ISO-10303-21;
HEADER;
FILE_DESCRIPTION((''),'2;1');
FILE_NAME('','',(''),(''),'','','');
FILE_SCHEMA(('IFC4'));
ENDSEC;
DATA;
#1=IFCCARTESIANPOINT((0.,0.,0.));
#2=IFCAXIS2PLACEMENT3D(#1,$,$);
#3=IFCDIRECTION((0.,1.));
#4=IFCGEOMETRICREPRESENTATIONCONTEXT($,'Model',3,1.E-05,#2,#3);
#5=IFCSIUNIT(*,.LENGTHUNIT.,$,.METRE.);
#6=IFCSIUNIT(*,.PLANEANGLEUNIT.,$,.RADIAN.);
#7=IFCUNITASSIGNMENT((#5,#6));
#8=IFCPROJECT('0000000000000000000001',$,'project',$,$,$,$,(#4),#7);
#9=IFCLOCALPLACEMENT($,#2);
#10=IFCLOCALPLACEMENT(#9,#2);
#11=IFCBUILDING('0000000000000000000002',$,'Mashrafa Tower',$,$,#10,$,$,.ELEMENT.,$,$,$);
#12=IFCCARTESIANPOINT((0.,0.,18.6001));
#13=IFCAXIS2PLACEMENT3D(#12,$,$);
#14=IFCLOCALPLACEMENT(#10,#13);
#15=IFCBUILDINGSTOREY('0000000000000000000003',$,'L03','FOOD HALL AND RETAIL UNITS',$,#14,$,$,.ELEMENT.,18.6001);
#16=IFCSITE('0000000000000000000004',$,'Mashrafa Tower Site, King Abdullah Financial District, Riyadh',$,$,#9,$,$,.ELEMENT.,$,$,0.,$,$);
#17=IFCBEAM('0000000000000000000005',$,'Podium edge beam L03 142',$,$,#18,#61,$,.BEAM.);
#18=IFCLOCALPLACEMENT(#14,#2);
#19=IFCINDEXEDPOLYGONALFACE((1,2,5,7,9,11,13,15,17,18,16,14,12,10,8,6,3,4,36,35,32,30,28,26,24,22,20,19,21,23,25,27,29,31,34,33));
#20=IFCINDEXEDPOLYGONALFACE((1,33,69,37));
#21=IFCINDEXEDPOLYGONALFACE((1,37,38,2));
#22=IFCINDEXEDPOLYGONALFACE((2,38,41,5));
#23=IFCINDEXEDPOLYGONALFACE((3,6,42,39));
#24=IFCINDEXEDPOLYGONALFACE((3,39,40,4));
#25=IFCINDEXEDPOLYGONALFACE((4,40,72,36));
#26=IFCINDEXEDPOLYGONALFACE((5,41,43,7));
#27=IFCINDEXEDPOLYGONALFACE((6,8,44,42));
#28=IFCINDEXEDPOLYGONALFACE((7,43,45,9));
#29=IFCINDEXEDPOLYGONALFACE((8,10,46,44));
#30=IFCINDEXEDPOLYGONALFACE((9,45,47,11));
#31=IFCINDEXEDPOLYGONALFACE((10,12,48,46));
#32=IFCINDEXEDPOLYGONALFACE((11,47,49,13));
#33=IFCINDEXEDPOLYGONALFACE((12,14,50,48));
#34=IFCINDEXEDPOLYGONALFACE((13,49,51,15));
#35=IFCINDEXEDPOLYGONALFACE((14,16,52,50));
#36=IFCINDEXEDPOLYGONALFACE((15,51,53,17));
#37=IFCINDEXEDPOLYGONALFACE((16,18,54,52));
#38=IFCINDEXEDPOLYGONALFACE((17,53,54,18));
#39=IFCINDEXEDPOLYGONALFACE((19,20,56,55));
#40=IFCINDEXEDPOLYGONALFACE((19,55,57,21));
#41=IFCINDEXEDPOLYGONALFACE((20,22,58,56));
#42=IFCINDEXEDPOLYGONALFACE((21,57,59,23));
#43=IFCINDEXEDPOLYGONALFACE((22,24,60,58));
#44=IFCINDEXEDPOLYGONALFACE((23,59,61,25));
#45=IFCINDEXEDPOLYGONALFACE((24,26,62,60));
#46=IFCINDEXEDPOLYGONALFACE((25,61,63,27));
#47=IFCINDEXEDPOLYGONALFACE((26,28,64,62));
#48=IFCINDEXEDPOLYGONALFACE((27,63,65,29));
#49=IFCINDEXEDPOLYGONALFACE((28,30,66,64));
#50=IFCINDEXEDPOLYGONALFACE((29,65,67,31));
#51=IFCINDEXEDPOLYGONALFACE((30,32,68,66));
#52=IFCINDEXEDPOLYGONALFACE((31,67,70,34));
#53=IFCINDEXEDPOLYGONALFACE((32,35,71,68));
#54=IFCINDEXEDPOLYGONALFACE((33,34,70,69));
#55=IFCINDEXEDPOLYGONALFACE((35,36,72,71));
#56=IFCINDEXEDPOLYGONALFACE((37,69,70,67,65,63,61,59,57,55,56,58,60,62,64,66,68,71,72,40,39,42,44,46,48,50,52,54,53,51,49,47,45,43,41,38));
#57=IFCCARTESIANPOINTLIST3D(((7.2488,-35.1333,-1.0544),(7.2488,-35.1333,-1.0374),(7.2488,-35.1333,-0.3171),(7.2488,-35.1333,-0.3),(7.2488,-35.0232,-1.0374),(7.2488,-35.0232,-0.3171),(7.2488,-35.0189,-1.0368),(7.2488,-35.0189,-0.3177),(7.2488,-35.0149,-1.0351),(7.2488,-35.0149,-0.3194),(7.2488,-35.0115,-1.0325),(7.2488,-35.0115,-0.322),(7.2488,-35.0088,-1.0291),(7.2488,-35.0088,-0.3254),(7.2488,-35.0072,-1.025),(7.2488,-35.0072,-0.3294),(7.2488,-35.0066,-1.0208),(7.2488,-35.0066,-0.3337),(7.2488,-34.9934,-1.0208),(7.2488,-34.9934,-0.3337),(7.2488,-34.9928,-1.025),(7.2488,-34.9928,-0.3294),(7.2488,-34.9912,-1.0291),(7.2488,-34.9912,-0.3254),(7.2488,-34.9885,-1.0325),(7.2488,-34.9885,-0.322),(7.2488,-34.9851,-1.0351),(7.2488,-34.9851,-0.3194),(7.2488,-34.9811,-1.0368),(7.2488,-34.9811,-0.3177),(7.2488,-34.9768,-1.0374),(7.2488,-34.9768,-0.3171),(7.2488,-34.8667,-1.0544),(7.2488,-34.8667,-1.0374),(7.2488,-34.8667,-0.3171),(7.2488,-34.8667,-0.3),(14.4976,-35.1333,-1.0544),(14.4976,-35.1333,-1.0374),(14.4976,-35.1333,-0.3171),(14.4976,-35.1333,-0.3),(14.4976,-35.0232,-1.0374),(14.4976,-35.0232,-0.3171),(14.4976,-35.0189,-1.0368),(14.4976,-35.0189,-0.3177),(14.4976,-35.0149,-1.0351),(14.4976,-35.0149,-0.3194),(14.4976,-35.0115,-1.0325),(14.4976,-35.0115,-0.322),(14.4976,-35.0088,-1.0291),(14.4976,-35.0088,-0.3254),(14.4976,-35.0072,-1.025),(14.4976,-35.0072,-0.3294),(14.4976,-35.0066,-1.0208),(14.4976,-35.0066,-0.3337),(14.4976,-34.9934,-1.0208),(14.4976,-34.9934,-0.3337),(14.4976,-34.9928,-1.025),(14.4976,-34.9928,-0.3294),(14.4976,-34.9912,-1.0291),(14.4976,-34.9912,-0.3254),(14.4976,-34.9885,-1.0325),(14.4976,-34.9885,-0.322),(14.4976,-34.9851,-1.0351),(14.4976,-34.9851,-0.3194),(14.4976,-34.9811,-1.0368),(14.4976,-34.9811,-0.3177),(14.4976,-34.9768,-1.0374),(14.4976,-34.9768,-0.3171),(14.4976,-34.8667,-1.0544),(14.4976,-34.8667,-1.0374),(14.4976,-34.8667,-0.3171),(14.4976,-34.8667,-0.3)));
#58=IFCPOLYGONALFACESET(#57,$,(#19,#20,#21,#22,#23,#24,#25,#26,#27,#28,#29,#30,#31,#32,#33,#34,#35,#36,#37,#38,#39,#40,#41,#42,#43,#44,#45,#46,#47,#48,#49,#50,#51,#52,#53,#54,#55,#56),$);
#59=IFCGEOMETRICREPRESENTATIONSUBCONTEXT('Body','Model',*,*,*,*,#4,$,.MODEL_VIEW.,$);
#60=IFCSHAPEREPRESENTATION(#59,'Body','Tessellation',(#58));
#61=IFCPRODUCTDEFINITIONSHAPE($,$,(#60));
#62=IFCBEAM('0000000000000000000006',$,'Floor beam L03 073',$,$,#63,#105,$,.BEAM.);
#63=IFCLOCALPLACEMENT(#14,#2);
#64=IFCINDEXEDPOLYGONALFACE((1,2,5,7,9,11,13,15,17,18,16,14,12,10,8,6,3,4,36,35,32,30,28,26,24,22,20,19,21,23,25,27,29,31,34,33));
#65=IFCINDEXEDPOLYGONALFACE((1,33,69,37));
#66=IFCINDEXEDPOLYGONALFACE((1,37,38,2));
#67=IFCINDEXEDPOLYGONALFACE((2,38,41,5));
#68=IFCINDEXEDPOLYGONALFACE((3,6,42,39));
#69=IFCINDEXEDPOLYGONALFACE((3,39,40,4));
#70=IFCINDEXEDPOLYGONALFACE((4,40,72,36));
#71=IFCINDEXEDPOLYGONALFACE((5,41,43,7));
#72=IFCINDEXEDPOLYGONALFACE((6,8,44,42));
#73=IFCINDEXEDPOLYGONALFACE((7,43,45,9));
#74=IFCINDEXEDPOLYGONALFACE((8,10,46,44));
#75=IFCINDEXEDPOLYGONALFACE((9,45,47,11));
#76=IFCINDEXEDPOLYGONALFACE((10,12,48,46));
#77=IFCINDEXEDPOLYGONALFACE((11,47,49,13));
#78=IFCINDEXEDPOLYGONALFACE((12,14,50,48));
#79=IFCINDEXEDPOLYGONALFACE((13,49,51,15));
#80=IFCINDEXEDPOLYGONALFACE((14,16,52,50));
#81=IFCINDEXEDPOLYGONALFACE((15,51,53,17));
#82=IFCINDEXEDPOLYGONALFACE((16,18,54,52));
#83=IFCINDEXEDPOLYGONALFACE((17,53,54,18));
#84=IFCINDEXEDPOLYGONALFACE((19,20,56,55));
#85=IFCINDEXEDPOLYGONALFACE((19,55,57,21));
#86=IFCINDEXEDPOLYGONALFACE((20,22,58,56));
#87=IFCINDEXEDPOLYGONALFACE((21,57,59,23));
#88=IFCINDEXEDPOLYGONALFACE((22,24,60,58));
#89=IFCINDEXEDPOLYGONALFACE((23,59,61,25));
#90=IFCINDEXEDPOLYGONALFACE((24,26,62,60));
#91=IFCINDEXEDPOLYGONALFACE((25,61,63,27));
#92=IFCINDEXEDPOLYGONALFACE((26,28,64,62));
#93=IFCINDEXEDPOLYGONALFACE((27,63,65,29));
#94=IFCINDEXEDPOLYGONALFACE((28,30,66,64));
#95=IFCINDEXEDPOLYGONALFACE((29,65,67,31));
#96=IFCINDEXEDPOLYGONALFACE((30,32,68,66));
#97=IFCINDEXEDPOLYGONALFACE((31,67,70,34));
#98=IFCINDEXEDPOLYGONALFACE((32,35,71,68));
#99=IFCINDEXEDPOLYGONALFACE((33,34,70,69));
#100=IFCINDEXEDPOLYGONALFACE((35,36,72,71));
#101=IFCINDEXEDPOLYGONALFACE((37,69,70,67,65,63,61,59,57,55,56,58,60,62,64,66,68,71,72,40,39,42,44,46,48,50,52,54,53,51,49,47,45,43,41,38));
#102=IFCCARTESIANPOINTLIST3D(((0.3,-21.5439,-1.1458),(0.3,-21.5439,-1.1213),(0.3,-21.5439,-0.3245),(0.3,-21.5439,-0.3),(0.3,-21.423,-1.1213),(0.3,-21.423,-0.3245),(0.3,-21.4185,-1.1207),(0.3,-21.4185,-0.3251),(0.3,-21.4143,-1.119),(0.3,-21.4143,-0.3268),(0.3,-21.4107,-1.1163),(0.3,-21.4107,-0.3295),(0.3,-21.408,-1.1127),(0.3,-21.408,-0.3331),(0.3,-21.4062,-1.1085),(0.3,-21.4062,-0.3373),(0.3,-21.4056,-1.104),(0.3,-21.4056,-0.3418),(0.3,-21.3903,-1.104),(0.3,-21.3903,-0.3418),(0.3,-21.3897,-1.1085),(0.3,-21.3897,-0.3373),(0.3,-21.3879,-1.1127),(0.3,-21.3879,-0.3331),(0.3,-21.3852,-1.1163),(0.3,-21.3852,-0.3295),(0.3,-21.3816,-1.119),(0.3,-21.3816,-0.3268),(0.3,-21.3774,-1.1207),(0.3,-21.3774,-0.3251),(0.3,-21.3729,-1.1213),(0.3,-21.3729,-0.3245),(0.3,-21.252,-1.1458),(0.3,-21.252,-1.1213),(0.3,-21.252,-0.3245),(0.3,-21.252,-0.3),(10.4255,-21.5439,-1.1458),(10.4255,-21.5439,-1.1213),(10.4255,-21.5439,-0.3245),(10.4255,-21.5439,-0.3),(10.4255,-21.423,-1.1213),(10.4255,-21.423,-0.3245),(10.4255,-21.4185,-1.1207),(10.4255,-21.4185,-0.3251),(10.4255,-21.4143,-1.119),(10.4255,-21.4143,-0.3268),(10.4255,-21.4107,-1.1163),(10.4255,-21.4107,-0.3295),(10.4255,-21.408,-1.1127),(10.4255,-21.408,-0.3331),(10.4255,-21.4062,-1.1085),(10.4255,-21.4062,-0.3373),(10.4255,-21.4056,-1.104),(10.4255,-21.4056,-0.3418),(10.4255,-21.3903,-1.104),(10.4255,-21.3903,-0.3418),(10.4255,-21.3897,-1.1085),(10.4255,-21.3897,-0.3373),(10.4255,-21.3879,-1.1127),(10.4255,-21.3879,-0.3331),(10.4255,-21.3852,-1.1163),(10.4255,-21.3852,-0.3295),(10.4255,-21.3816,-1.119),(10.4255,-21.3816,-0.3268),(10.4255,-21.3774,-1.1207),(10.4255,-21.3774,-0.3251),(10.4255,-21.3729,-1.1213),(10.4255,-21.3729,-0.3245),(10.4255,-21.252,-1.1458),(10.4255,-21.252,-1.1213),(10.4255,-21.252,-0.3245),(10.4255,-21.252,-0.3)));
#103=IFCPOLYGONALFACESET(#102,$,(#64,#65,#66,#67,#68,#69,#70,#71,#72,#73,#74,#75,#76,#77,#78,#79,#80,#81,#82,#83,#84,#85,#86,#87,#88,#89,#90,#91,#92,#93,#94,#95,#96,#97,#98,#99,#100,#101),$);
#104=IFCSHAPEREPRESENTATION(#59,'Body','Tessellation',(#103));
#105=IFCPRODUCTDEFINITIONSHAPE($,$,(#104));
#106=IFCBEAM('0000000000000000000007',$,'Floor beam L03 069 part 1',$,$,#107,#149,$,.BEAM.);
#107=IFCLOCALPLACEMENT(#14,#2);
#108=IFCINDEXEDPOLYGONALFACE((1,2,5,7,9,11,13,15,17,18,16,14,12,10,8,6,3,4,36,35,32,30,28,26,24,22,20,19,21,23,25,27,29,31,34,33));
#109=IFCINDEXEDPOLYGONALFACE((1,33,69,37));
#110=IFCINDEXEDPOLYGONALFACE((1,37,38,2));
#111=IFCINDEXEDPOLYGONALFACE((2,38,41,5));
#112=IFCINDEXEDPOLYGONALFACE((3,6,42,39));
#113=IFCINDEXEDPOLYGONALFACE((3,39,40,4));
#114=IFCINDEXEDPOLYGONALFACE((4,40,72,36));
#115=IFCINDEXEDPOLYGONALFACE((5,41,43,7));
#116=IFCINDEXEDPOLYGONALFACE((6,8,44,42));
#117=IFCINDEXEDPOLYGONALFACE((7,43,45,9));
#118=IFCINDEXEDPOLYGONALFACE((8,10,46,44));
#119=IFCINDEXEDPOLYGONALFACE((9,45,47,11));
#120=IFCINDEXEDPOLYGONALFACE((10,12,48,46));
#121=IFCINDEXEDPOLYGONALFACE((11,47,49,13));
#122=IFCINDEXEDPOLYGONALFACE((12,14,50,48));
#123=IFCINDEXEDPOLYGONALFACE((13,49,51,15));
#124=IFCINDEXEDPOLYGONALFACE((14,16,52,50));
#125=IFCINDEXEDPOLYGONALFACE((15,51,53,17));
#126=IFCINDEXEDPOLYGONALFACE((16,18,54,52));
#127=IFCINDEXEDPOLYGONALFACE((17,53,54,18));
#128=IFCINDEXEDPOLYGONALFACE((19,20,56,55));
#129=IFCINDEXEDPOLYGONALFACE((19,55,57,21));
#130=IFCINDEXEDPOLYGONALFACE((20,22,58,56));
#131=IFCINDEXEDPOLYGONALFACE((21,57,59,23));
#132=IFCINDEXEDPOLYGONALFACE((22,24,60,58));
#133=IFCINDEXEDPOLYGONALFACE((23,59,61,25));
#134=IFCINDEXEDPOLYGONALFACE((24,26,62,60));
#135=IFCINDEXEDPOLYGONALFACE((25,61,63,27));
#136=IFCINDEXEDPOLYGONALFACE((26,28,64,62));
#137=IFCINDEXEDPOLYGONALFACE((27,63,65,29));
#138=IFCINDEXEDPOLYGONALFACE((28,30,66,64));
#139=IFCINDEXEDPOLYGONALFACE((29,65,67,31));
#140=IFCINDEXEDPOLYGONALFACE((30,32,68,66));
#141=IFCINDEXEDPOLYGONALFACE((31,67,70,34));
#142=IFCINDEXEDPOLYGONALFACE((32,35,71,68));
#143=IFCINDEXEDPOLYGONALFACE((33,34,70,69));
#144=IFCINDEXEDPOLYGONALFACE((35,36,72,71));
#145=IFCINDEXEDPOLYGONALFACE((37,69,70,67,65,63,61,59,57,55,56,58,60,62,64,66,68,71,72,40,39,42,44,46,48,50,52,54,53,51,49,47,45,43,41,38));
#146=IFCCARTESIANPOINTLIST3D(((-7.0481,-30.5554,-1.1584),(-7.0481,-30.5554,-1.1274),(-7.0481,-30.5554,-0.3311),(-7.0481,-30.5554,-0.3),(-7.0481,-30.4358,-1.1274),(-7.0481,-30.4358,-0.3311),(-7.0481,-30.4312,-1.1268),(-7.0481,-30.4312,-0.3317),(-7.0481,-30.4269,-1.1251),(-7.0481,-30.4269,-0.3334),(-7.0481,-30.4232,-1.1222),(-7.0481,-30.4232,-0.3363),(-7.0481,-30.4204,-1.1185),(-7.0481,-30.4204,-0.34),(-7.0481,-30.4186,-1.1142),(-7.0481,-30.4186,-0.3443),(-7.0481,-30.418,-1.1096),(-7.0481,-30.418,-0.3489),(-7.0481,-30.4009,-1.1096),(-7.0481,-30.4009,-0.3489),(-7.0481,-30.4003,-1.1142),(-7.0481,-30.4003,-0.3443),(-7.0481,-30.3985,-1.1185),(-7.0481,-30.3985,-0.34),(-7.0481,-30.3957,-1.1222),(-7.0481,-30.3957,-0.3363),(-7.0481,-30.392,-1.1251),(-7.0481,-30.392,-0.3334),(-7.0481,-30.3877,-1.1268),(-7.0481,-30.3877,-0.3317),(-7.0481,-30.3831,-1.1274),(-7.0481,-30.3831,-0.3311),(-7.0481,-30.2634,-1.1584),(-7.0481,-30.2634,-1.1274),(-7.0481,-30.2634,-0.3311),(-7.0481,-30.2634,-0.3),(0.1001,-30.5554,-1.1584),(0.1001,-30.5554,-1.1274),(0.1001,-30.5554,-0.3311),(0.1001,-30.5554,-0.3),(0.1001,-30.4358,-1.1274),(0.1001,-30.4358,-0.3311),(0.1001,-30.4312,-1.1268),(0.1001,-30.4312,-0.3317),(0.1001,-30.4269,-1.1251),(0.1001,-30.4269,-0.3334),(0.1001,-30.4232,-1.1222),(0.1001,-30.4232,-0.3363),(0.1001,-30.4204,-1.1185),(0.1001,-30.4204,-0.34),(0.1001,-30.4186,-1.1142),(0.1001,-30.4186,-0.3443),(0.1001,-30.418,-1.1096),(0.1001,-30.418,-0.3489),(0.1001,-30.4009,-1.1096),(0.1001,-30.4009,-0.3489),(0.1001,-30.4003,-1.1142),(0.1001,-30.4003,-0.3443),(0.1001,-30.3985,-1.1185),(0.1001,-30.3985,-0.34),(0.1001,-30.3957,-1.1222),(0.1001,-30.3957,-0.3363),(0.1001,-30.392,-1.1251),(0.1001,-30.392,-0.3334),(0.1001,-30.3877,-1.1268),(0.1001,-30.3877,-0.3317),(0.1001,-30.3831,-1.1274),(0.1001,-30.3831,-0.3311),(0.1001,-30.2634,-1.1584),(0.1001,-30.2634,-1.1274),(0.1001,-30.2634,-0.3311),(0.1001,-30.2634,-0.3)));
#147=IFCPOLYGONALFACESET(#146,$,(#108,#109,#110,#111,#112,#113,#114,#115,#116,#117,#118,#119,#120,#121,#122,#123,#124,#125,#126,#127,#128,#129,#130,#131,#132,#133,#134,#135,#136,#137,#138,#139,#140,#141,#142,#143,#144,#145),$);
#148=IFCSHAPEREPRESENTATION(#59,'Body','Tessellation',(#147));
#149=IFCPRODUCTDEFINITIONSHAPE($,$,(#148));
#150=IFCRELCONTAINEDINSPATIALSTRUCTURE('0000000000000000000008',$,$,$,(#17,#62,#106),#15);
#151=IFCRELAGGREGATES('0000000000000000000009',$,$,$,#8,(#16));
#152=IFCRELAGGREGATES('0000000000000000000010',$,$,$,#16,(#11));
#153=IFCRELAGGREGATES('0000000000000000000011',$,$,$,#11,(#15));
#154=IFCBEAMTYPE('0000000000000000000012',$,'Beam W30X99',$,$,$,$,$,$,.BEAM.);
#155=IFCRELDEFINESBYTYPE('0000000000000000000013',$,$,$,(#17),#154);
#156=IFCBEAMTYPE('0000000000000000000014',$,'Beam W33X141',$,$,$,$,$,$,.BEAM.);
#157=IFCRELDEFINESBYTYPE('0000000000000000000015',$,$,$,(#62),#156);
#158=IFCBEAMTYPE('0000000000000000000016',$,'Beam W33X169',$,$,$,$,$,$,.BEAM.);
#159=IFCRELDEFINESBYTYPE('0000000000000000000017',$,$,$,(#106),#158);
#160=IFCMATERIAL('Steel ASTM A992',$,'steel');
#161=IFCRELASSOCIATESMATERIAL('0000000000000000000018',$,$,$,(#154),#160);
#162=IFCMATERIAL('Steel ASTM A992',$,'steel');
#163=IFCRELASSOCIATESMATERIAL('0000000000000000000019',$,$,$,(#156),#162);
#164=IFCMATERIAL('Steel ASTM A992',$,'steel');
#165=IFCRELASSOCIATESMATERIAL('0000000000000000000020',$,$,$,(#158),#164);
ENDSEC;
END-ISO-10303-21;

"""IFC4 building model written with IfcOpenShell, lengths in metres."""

from ifc_helpers import new_model, si_unit, direction, frame, origin, origin_2d, place, context, subcontext, project, spatial, i_section, extrude, material, material_profile, profile_set, type_object, element, save


model = new_model("IFC4")

# Units and contexts
model_context = context("Model", 3, precision=1e-05, world=origin(), true_north=direction((0.0, 1.0)))
body_context = subcontext(model_context, "Body", "Model", "MODEL_VIEW")
ifc_project = project(units=[si_unit("LENGTHUNIT", "METRE"), si_unit("PLANEANGLEUNIT", "RADIAN")], contexts=[model_context])

# Site, building, storey
site_placement = place(None, origin())
site = spatial("IfcSite", under=ifc_project, at=site_placement, Name="Mashrafa Tower Site, King Abdullah Financial District, Riyadh", CompositionType="ELEMENT", RefElevation=0.0)
building_placement = place(site_placement, origin())
building = spatial("IfcBuilding", under=site, at=building_placement, Name="Mashrafa Tower", CompositionType="ELEMENT")
storey_placement = place(building_placement, frame((0.0, 0.0, 18.6001)))
storey = spatial("IfcBuildingStorey", under=building, at=storey_placement, Name="L03", Description="FOOD HALL AND RETAIL UNITS", CompositionType="ELEMENT", Elevation=18.6001)

# Beams
ifc_material_1 = material(Name="Steel ASTM A992", Category="steel")
ifc_material_profile_1 = material_profile(ifc_material_1, i_section(OverallWidth=0.2666, OverallDepth=0.7544, WebThickness=0.0132, FlangeThickness=0.0171, FilletRadius=0.0166, at=origin_2d()), Name="W30X99")
ifc_profile_set_1 = profile_set([ifc_material_profile_1], Name="Steel ASTM A992")
beam_type_1 = type_object("IfcBeamType", Name="Beam W30X99", PredefinedType="BEAM", material=ifc_profile_set_1)
beam_1_placement = place(storey_placement, frame((7.2488, -35.0, -0.6772), z_axis=(1.0, 0.0, 0.0), x_axis=(0.0, 1.0, 0.0)))
element("IfcBeam", 1, at=beam_1_placement, inside=storey, type_object=beam_type_1, Name="Podium edge beam L03 142", PredefinedType="BEAM", context=body_context, shape_type="SweptSolid", body=[
    extrude(i_section(OverallWidth=0.2666, OverallDepth=0.7544, WebThickness=0.0132, FlangeThickness=0.0171, FilletRadius=0.0166, at=origin_2d()), origin(), (0.0, 0.0, 1.0), 7.2488),
])
ifc_material_2 = material(Name="Steel ASTM A992", Category="steel")
ifc_material_profile_2 = material_profile(ifc_material_2, i_section(OverallWidth=0.292, OverallDepth=0.8457, WebThickness=0.0154, FlangeThickness=0.0244, FilletRadius=0.0173, at=origin_2d()), Name="W33X141")
ifc_profile_set_2 = profile_set([ifc_material_profile_2], Name="Steel ASTM A992")
beam_type_2 = type_object("IfcBeamType", Name="Beam W33X141", PredefinedType="BEAM", material=ifc_profile_set_2)
beam_2_placement = place(storey_placement, frame((10.4255, -21.3979, -0.7229), z_axis=(-1.0, 0.0, 0.0), x_axis=(0.0, -1.0, 0.0)))
element("IfcBeam", 2, at=beam_2_placement, inside=storey, type_object=beam_type_2, Name="Floor beam L03 073", PredefinedType="BEAM", context=body_context, shape_type="SweptSolid", body=[
    extrude(i_section(OverallWidth=0.292, OverallDepth=0.8457, WebThickness=0.0154, FlangeThickness=0.0244, FilletRadius=0.0173, at=origin_2d()), origin(), (0.0, 0.0, 1.0), 10.1255),
])
ifc_material_3 = material(Name="Steel ASTM A992", Category="steel")
ifc_material_profile_3 = material_profile(ifc_material_3, i_section(OverallWidth=0.292, OverallDepth=0.8584, WebThickness=0.0171, FlangeThickness=0.031, FilletRadius=0.0178, at=origin_2d()), Name="W33X169")
ifc_profile_set_3 = profile_set([ifc_material_profile_3], Name="Steel ASTM A992")
beam_type_3 = type_object("IfcBeamType", Name="Beam W33X169", PredefinedType="BEAM", material=ifc_profile_set_3)
beam_3_placement = place(storey_placement, frame((0.1001, -30.4094, -0.7292), z_axis=(-1.0, 0.0, 0.0), x_axis=(0.0, -1.0, 0.0)))
element("IfcBeam", 3, at=beam_3_placement, inside=storey, type_object=beam_type_3, Name="Floor beam L03 069 part 1", PredefinedType="BEAM", context=body_context, shape_type="SweptSolid", body=[
    extrude(i_section(OverallWidth=0.292, OverallDepth=0.8584, WebThickness=0.0171, FlangeThickness=0.031, FilletRadius=0.0178, at=origin_2d()), origin(), (0.0, 0.0, 1.0), 7.1482),
])

save(model, "model.ifc")
